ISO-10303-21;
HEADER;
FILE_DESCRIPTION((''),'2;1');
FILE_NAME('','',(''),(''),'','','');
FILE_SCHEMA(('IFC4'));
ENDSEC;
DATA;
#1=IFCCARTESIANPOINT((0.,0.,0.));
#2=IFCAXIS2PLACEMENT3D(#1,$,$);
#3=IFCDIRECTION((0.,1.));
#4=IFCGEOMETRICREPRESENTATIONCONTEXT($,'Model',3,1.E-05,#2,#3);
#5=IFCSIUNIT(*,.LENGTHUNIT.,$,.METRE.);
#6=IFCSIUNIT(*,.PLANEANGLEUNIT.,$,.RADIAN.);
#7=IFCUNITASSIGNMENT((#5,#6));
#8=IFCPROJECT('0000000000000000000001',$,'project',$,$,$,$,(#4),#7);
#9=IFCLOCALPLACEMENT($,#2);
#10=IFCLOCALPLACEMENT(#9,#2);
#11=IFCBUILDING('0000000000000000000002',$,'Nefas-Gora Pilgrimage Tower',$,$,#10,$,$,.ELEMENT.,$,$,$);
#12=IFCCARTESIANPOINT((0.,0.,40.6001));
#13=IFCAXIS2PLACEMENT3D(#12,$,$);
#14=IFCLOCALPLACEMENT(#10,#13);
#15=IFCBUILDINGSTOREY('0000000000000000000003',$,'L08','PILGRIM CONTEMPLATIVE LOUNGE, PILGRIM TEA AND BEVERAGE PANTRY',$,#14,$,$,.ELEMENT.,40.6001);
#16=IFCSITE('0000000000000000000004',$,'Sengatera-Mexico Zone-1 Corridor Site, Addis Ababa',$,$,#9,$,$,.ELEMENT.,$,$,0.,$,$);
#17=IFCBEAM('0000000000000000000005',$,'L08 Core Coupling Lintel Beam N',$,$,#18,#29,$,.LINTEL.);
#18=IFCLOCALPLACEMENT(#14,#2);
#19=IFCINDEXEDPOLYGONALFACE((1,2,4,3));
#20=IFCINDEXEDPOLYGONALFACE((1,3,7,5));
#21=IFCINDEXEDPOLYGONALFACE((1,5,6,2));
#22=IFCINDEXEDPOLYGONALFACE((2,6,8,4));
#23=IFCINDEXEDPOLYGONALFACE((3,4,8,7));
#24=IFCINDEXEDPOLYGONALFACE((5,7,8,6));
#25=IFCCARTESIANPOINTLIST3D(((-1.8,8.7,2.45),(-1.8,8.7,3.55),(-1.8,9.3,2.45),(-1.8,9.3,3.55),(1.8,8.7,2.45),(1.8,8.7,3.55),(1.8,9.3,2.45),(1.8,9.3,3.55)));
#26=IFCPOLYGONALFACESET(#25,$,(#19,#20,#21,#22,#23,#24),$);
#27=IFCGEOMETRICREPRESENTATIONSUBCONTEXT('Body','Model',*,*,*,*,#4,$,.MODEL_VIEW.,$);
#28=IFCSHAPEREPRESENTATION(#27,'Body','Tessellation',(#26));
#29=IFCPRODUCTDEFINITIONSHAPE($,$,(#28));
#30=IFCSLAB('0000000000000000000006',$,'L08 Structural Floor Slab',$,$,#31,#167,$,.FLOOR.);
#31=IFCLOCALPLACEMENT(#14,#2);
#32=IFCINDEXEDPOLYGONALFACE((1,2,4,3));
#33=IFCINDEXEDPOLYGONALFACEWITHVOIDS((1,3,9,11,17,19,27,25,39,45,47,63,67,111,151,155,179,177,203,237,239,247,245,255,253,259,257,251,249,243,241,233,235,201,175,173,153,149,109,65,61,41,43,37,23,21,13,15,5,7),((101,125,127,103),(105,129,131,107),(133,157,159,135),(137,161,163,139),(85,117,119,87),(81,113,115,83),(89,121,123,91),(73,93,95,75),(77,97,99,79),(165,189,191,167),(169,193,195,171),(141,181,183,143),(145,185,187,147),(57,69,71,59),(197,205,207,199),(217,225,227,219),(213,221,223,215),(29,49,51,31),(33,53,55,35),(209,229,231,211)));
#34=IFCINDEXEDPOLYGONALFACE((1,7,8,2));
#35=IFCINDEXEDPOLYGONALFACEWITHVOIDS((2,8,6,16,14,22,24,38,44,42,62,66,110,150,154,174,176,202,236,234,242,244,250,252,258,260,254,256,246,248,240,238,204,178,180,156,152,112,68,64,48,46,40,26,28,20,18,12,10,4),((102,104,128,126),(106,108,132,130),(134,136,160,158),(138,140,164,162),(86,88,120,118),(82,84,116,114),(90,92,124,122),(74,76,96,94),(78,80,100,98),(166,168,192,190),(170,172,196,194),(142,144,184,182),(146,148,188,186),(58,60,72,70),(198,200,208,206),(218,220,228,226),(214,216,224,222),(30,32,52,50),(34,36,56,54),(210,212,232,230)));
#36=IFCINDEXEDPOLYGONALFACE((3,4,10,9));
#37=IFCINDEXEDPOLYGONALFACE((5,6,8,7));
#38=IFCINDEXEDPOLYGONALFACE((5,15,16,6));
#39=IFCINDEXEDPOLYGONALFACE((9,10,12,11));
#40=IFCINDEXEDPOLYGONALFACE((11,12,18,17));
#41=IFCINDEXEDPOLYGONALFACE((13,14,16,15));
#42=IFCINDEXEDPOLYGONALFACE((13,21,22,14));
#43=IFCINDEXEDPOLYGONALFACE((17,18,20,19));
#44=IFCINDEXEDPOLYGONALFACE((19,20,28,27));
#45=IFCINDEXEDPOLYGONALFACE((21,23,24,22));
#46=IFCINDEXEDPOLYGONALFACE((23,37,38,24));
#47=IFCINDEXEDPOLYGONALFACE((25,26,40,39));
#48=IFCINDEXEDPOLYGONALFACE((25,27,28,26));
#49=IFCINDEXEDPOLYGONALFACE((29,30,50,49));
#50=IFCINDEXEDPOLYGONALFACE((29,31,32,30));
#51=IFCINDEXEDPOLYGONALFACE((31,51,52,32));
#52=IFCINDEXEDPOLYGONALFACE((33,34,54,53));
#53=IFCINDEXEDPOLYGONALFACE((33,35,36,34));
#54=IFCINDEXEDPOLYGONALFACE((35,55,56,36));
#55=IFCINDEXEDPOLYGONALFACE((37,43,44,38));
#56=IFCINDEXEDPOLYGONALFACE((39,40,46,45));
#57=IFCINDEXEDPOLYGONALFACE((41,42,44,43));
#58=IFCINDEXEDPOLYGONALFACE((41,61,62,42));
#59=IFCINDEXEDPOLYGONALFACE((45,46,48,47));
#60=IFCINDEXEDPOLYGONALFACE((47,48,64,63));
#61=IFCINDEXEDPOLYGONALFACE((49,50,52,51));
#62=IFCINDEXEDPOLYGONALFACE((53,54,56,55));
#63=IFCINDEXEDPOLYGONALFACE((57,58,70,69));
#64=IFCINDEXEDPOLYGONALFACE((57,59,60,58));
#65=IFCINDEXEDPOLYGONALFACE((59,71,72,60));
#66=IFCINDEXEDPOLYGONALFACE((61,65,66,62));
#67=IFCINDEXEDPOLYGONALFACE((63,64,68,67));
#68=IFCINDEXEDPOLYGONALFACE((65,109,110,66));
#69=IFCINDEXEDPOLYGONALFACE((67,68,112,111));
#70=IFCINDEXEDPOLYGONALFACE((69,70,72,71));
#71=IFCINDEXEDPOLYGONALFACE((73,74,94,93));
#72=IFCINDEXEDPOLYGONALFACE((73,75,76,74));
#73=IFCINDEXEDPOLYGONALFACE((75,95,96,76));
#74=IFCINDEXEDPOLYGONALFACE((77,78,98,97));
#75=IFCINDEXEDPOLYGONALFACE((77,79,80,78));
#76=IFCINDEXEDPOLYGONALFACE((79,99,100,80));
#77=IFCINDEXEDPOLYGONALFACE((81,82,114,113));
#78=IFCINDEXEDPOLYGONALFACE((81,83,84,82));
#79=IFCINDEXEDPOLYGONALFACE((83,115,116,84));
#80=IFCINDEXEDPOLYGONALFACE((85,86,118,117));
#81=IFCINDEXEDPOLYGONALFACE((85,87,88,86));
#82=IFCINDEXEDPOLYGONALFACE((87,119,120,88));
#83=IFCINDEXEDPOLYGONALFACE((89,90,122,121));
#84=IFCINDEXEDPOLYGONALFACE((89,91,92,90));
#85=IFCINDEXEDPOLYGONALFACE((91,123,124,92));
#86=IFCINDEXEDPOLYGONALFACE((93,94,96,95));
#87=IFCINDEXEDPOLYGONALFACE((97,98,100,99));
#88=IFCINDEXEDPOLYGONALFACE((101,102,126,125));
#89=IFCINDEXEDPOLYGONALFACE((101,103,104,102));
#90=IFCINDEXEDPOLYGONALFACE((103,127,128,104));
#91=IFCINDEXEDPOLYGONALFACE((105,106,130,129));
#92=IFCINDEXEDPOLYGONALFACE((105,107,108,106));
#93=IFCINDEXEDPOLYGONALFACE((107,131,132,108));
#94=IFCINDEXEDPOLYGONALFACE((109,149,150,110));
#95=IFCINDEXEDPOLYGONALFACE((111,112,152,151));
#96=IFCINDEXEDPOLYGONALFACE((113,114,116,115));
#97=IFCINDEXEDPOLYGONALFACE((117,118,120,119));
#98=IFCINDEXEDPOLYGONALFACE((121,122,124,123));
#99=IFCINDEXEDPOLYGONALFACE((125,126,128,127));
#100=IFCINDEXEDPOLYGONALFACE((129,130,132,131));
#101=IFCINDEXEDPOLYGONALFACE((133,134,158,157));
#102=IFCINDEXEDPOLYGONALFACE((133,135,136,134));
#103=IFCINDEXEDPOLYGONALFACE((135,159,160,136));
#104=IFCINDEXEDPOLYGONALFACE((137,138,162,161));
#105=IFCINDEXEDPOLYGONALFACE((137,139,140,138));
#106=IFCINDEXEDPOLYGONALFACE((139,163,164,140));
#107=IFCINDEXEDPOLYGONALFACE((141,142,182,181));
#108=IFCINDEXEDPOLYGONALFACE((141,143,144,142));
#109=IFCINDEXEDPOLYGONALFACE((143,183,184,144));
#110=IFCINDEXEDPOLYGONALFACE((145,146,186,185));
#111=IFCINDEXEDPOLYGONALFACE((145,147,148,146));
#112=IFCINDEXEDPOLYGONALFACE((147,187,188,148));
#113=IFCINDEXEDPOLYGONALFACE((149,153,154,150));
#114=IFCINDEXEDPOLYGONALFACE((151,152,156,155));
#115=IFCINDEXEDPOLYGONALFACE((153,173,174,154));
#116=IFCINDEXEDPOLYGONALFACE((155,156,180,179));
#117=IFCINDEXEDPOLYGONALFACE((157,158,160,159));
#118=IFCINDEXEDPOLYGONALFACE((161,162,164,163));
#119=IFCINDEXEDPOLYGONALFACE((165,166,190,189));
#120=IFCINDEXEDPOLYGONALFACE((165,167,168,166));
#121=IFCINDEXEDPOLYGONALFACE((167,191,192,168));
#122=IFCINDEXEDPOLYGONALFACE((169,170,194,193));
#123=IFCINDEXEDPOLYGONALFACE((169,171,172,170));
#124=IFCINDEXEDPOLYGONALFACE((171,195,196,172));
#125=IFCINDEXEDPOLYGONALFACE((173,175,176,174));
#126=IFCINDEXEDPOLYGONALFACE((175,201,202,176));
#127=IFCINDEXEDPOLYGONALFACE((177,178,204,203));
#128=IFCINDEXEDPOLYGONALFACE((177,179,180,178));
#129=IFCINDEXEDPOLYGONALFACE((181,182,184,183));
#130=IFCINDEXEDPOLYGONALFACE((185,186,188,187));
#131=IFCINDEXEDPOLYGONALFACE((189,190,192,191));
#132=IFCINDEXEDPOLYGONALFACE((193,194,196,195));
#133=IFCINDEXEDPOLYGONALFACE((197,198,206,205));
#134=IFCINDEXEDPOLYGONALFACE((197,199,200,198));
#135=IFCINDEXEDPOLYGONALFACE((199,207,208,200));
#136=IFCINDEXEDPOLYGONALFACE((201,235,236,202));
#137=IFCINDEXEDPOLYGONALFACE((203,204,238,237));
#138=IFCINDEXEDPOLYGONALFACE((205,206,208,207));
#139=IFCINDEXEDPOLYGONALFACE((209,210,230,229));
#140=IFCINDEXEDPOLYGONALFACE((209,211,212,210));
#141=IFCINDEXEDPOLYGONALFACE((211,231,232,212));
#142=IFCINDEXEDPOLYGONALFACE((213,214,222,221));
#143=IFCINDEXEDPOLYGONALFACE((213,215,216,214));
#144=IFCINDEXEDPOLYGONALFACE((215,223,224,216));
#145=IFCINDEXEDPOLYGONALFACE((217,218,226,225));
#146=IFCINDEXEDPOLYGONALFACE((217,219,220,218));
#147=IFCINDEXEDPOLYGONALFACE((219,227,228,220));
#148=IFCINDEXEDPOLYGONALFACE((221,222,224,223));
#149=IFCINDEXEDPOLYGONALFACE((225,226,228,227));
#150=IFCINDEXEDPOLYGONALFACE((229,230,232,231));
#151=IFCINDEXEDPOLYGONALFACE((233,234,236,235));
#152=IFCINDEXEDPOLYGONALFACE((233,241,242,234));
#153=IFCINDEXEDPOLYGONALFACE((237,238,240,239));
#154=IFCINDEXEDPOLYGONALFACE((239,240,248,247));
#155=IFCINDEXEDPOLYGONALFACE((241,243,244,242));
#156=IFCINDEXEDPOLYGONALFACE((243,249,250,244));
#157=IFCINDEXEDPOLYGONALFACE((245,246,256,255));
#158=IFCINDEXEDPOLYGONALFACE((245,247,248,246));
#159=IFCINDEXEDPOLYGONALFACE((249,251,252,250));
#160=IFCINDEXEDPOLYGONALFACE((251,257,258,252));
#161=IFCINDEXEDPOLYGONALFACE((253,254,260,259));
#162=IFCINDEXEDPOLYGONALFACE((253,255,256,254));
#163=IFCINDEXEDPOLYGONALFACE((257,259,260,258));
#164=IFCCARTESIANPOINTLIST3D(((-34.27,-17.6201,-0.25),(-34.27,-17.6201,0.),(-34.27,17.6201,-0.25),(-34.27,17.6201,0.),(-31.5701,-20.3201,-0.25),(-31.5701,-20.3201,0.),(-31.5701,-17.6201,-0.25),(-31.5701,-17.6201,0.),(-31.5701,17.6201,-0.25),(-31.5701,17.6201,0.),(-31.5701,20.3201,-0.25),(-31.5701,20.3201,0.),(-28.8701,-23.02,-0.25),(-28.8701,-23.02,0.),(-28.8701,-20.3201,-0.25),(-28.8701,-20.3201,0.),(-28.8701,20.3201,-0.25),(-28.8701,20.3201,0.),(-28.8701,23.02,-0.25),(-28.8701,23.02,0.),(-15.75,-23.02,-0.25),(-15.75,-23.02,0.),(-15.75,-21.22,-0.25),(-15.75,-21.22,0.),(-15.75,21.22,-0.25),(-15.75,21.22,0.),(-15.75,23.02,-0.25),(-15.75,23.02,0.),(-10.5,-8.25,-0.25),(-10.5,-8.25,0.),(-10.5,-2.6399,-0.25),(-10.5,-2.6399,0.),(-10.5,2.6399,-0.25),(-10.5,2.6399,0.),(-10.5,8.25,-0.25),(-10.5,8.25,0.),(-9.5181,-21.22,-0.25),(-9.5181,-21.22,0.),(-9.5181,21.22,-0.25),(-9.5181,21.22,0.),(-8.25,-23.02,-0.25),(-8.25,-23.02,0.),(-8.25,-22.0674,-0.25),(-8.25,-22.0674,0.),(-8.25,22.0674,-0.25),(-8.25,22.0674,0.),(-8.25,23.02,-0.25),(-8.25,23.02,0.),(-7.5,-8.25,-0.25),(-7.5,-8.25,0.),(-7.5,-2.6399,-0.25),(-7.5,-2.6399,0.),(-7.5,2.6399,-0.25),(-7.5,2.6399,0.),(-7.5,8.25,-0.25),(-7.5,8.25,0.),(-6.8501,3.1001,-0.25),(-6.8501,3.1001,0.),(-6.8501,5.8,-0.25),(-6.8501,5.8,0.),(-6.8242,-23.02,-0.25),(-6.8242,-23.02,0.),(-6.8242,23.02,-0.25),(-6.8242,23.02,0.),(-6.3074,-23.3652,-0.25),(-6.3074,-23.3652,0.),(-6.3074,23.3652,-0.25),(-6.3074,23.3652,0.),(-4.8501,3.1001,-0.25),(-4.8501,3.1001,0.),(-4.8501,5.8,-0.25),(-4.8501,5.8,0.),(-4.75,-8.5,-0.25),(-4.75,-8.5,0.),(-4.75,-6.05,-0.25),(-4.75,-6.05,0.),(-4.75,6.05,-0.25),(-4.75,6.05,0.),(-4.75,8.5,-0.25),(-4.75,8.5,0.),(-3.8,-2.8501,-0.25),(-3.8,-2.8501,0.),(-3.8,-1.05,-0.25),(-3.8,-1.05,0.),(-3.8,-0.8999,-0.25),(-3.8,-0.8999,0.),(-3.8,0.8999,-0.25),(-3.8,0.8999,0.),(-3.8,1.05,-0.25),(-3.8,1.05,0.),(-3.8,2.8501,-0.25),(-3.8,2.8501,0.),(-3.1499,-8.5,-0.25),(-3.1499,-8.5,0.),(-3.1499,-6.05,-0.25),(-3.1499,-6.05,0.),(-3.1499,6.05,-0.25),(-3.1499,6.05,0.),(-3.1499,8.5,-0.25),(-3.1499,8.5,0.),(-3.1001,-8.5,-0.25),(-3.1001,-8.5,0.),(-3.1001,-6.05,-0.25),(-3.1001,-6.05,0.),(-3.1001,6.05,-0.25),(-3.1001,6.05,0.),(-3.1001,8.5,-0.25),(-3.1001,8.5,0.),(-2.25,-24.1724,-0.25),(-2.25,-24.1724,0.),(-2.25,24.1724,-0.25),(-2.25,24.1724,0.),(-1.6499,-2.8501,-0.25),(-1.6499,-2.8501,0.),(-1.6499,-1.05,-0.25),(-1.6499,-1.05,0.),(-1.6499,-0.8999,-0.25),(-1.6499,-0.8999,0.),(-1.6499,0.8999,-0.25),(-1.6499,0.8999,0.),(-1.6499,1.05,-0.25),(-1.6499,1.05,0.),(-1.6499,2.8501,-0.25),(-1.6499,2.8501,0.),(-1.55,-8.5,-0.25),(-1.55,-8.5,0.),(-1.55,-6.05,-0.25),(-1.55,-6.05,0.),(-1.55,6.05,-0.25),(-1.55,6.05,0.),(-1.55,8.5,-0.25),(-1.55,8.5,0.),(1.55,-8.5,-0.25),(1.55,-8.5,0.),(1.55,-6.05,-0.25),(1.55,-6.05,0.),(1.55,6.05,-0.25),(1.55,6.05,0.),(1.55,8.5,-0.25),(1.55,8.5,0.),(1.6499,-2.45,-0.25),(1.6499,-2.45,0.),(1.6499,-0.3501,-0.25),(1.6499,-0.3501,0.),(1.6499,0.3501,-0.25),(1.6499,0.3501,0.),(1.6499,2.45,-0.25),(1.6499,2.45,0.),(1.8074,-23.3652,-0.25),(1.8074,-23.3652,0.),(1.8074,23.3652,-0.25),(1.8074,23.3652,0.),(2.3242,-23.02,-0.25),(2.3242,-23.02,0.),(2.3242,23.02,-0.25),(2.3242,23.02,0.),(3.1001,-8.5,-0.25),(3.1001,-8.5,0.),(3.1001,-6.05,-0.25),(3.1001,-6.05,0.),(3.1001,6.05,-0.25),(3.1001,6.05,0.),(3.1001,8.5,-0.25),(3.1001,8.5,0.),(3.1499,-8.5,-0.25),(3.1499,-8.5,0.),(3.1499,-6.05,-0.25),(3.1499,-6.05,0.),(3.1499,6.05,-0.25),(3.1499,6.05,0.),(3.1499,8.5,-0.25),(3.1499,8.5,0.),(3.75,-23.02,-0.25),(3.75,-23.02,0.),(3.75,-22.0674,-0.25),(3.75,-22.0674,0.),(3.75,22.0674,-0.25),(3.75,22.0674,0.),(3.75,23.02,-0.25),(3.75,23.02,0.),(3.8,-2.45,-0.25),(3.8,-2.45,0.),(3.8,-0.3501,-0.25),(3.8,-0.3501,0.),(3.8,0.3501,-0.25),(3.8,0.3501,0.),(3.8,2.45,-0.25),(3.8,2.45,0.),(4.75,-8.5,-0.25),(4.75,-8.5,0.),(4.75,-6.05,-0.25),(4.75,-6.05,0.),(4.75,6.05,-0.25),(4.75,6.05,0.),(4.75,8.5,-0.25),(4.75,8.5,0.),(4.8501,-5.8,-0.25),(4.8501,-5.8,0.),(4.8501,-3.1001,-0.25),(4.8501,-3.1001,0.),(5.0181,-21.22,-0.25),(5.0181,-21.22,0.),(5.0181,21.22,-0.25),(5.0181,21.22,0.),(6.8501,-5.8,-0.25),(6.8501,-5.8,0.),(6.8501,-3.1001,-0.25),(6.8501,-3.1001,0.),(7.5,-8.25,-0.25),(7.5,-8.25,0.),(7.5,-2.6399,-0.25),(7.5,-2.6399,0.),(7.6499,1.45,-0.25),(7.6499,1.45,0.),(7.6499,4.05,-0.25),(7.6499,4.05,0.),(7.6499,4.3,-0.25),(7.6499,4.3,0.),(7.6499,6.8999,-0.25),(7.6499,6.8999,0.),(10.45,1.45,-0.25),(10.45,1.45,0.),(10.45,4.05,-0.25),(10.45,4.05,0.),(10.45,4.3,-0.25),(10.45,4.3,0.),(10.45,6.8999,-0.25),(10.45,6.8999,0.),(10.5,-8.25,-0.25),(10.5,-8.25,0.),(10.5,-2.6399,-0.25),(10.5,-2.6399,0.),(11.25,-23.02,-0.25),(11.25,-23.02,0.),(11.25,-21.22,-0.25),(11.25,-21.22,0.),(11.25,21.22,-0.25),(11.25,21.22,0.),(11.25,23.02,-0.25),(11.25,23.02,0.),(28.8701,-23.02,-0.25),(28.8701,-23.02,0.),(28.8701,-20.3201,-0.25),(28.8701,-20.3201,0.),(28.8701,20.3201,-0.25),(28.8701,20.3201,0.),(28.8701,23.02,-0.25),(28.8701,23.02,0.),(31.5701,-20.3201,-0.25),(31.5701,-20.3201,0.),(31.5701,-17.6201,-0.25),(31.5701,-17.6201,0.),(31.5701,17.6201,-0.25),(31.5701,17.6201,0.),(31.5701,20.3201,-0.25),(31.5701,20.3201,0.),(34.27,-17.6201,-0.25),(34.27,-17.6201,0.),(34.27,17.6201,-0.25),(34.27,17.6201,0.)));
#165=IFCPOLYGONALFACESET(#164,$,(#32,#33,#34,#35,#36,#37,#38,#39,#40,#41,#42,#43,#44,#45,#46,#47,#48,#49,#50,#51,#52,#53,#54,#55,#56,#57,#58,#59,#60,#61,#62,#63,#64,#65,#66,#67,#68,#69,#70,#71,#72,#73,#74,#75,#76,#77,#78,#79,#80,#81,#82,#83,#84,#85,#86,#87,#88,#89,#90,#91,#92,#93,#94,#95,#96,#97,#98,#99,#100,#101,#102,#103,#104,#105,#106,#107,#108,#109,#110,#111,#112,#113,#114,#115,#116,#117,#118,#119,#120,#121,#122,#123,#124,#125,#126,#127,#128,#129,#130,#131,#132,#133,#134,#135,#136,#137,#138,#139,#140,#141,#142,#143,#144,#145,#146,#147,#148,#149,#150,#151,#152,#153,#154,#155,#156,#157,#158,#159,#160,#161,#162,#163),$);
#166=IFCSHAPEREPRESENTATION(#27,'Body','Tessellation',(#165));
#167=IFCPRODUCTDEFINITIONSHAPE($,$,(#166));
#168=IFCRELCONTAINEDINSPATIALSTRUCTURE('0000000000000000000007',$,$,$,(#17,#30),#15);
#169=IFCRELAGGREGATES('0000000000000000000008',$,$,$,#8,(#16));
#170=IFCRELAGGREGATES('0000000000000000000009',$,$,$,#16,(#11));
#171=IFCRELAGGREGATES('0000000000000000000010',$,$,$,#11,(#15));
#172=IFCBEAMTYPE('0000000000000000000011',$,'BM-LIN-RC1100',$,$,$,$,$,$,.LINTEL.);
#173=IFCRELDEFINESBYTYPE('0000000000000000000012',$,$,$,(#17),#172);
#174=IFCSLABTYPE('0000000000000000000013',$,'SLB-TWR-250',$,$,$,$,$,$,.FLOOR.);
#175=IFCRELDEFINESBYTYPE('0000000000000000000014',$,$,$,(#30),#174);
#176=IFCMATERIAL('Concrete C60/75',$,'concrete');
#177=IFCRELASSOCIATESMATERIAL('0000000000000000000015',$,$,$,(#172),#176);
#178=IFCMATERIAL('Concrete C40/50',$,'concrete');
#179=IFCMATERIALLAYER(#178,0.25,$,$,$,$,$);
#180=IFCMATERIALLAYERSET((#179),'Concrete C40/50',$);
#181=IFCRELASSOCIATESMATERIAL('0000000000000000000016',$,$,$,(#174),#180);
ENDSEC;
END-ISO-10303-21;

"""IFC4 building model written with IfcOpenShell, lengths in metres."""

from ifc_helpers import new_model, si_unit, direction, frame, origin, origin_2d, place, context, subcontext, project, spatial, polyline, rectangle, outline, extrude, source, transform, mapped, material, layer, layer_set, material_profile, profile_set, type_object, element, save


model = new_model("IFC4")

# Units and contexts
model_context = context("Model", 3, precision=1e-05, world=origin(), true_north=direction((0.0, 1.0)))
body_context = subcontext(model_context, "Body", "Model", "MODEL_VIEW")
ifc_project = project(units=[si_unit("LENGTHUNIT", "METRE"), si_unit("PLANEANGLEUNIT", "RADIAN")], contexts=[model_context])

# Site, building, storey
site_placement = place(None, origin())
site = spatial("IfcSite", under=ifc_project, at=site_placement, Name="Sengatera-Mexico Zone-1 Corridor Site, Addis Ababa", CompositionType="ELEMENT", RefElevation=0.0)
building_placement = place(site_placement, origin())
building = spatial("IfcBuilding", under=site, at=building_placement, Name="Nefas-Gora Pilgrimage Tower", CompositionType="ELEMENT")
storey_placement = place(building_placement, frame((0.0, 0.0, 40.6001)))
storey = spatial("IfcBuildingStorey", under=building, at=storey_placement, Name="L08", Description="PILGRIM CONTEMPLATIVE LOUNGE, PILGRIM TEA AND BEVERAGE PANTRY", CompositionType="ELEMENT", Elevation=40.6001)

# Beam
ifc_material_1 = material(Name="Concrete C60/75", Category="concrete")
ifc_material_profile = material_profile(ifc_material_1, rectangle(XDim=0.6001, YDim=1.1001, at=origin_2d()), Name="RC 600x1100")
ifc_profile_set = profile_set([ifc_material_profile], Name="Concrete C60/75")
beam_type = type_object("IfcBeamType", Name="BM-LIN-RC1100", PredefinedType="LINTEL", material=ifc_profile_set)
shared_shape_1 = source(origin(), body_context, "Body", "SweptSolid", [
    extrude(rectangle(XDim=0.6001, YDim=1.1001, at=origin_2d()), origin(), (0.0, 0.0, 1.0), 3.6001),
])
beam_placement = place(storey_placement, frame((-1.8, 9.0, 3.0), z_axis=(1.0, 0.0, 0.0), x_axis=(0.0, 1.0, 0.0)))
element("IfcBeam", 1, at=beam_placement, inside=storey, type_object=beam_type, Name="L08 Core Coupling Lintel Beam N", PredefinedType="LINTEL", context=body_context, shape_type="MappedRepresentation", body=[
    mapped(shared_shape_1, transform((0.0, 0.0, 0.0), x_axis=(1.0, 0.0, 0.0), y_axis=(0.0, 1.0, 0.0), z_axis=(0.0, 0.0, 1.0), scale=1.0)),
])

# Slab
ifc_material_2 = material(Name="Concrete C40/50", Category="concrete")
ifc_layer_1 = layer(ifc_material_2, 0.25)
ifc_layer_set_1 = layer_set([ifc_layer_1], Name="Concrete C40/50")
slab_type_1 = type_object("IfcSlabType", Name="SLB-TWR-250", PredefinedType="FLOOR", material=ifc_layer_set_1)
slab_1_placement = place(storey_placement, frame((0.0, 0.0, -0.25)))
element("IfcSlab", 2, at=slab_1_placement, inside=storey, type_object=slab_type_1, Name="L08 Structural Floor Slab", PredefinedType="FLOOR", context=body_context, shape_type="SweptSolid", body=[
    extrude(outline(polyline([(5.0181, -21.22), (11.25, -21.22), (11.25, -23.02), (28.8701, -23.02), (28.8701, -20.3201), (31.5701, -20.3201), (31.5701, -17.6201), (34.27, -17.6201), (34.27, 17.6201), (31.5701, 17.6201), (31.5701, 20.3201), (28.8701, 20.3201), (28.8701, 23.02), (11.25, 23.02), (11.25, 21.22), (5.0181, 21.22), (3.75, 22.0674), (3.75, 23.02), (2.3242, 23.02), (1.8074, 23.3652), (-2.25, 24.1724), (-6.3074, 23.3652), (-6.8242, 23.02), (-8.25, 23.02), (-8.25, 22.0674), (-9.5181, 21.22), (-15.75, 21.22), (-15.75, 23.02), (-28.8701, 23.02), (-28.8701, 20.3201), (-31.5701, 20.3201), (-31.5701, 17.6201), (-34.27, 17.6201), (-34.27, -17.6201), (-31.5701, -17.6201), (-31.5701, -20.3201), (-28.8701, -20.3201), (-28.8701, -23.02), (-15.75, -23.02), (-15.75, -21.22), (-9.5181, -21.22), (-8.25, -22.0674), (-8.25, -23.02), (-6.8242, -23.02), (-6.3074, -23.3652), (-2.25, -24.1724), (1.8074, -23.3652), (2.3242, -23.02), (3.75, -23.02), (3.75, -22.0674), (5.0181, -21.22)]), holes=[polyline([(-10.5, 2.6399), (-10.5, 8.25), (-7.5, 8.25), (-7.5, 2.6399), (-10.5, 2.6399)]), polyline([(10.5, -2.6399), (10.5, -8.25), (7.5, -8.25), (7.5, -2.6399), (10.5, -2.6399)]), polyline([(-7.5, -2.6399), (-7.5, -8.25), (-10.5, -8.25), (-10.5, -2.6399), (-7.5, -2.6399)]), polyline([(-6.8501, 5.8), (-4.8501, 5.8), (-4.8501, 3.1001), (-6.8501, 3.1001), (-6.8501, 5.8)]), polyline([(4.8501, -3.1001), (6.8501, -3.1001), (6.8501, -5.8), (4.8501, -5.8), (4.8501, -3.1001)]), polyline([(7.6499, 4.05), (10.45, 4.05), (10.45, 1.45), (7.6499, 1.45), (7.6499, 4.05)]), polyline([(7.6499, 6.8999), (10.45, 6.8999), (10.45, 4.3), (7.6499, 4.3), (7.6499, 6.8999)]), polyline([(-4.75, 8.5), (-3.1499, 8.5), (-3.1499, 6.05), (-4.75, 6.05), (-4.75, 8.5)]), polyline([(-3.1001, 8.5), (-1.55, 8.5), (-1.55, 6.05), (-3.1001, 6.05), (-3.1001, 8.5)]), polyline([(1.55, 8.5), (3.1001, 8.5), (3.1001, 6.05), (1.55, 6.05), (1.55, 8.5)]), polyline([(3.1499, 8.5), (4.75, 8.5), (4.75, 6.05), (3.1499, 6.05), (3.1499, 8.5)]), polyline([(-4.75, -6.05), (-3.1499, -6.05), (-3.1499, -8.5), (-4.75, -8.5), (-4.75, -6.05)]), polyline([(-3.1001, -6.05), (-1.55, -6.05), (-1.55, -8.5), (-3.1001, -8.5), (-3.1001, -6.05)]), polyline([(1.55, -6.05), (3.1001, -6.05), (3.1001, -8.5), (1.55, -8.5), (1.55, -6.05)]), polyline([(3.1499, -6.05), (4.75, -6.05), (4.75, -8.5), (3.1499, -8.5), (3.1499, -6.05)]), polyline([(-3.8, -1.05), (-1.6499, -1.05), (-1.6499, -2.8501), (-3.8, -2.8501), (-3.8, -1.05)]), polyline([(-3.8, 0.8999), (-1.6499, 0.8999), (-1.6499, -0.8999), (-3.8, -0.8999), (-3.8, 0.8999)]), polyline([(-3.8, 2.8501), (-1.6499, 2.8501), (-1.6499, 1.05), (-3.8, 1.05), (-3.8, 2.8501)]), polyline([(1.6499, -0.3501), (3.8, -0.3501), (3.8, -2.45), (1.6499, -2.45), (1.6499, -0.3501)]), polyline([(1.6499, 2.45), (3.8, 2.45), (3.8, 0.3501), (1.6499, 0.3501), (1.6499, 2.45)])]), origin(), (0.0, 0.0, 1.0), 0.25),
])

save(model, "model.ifc")
